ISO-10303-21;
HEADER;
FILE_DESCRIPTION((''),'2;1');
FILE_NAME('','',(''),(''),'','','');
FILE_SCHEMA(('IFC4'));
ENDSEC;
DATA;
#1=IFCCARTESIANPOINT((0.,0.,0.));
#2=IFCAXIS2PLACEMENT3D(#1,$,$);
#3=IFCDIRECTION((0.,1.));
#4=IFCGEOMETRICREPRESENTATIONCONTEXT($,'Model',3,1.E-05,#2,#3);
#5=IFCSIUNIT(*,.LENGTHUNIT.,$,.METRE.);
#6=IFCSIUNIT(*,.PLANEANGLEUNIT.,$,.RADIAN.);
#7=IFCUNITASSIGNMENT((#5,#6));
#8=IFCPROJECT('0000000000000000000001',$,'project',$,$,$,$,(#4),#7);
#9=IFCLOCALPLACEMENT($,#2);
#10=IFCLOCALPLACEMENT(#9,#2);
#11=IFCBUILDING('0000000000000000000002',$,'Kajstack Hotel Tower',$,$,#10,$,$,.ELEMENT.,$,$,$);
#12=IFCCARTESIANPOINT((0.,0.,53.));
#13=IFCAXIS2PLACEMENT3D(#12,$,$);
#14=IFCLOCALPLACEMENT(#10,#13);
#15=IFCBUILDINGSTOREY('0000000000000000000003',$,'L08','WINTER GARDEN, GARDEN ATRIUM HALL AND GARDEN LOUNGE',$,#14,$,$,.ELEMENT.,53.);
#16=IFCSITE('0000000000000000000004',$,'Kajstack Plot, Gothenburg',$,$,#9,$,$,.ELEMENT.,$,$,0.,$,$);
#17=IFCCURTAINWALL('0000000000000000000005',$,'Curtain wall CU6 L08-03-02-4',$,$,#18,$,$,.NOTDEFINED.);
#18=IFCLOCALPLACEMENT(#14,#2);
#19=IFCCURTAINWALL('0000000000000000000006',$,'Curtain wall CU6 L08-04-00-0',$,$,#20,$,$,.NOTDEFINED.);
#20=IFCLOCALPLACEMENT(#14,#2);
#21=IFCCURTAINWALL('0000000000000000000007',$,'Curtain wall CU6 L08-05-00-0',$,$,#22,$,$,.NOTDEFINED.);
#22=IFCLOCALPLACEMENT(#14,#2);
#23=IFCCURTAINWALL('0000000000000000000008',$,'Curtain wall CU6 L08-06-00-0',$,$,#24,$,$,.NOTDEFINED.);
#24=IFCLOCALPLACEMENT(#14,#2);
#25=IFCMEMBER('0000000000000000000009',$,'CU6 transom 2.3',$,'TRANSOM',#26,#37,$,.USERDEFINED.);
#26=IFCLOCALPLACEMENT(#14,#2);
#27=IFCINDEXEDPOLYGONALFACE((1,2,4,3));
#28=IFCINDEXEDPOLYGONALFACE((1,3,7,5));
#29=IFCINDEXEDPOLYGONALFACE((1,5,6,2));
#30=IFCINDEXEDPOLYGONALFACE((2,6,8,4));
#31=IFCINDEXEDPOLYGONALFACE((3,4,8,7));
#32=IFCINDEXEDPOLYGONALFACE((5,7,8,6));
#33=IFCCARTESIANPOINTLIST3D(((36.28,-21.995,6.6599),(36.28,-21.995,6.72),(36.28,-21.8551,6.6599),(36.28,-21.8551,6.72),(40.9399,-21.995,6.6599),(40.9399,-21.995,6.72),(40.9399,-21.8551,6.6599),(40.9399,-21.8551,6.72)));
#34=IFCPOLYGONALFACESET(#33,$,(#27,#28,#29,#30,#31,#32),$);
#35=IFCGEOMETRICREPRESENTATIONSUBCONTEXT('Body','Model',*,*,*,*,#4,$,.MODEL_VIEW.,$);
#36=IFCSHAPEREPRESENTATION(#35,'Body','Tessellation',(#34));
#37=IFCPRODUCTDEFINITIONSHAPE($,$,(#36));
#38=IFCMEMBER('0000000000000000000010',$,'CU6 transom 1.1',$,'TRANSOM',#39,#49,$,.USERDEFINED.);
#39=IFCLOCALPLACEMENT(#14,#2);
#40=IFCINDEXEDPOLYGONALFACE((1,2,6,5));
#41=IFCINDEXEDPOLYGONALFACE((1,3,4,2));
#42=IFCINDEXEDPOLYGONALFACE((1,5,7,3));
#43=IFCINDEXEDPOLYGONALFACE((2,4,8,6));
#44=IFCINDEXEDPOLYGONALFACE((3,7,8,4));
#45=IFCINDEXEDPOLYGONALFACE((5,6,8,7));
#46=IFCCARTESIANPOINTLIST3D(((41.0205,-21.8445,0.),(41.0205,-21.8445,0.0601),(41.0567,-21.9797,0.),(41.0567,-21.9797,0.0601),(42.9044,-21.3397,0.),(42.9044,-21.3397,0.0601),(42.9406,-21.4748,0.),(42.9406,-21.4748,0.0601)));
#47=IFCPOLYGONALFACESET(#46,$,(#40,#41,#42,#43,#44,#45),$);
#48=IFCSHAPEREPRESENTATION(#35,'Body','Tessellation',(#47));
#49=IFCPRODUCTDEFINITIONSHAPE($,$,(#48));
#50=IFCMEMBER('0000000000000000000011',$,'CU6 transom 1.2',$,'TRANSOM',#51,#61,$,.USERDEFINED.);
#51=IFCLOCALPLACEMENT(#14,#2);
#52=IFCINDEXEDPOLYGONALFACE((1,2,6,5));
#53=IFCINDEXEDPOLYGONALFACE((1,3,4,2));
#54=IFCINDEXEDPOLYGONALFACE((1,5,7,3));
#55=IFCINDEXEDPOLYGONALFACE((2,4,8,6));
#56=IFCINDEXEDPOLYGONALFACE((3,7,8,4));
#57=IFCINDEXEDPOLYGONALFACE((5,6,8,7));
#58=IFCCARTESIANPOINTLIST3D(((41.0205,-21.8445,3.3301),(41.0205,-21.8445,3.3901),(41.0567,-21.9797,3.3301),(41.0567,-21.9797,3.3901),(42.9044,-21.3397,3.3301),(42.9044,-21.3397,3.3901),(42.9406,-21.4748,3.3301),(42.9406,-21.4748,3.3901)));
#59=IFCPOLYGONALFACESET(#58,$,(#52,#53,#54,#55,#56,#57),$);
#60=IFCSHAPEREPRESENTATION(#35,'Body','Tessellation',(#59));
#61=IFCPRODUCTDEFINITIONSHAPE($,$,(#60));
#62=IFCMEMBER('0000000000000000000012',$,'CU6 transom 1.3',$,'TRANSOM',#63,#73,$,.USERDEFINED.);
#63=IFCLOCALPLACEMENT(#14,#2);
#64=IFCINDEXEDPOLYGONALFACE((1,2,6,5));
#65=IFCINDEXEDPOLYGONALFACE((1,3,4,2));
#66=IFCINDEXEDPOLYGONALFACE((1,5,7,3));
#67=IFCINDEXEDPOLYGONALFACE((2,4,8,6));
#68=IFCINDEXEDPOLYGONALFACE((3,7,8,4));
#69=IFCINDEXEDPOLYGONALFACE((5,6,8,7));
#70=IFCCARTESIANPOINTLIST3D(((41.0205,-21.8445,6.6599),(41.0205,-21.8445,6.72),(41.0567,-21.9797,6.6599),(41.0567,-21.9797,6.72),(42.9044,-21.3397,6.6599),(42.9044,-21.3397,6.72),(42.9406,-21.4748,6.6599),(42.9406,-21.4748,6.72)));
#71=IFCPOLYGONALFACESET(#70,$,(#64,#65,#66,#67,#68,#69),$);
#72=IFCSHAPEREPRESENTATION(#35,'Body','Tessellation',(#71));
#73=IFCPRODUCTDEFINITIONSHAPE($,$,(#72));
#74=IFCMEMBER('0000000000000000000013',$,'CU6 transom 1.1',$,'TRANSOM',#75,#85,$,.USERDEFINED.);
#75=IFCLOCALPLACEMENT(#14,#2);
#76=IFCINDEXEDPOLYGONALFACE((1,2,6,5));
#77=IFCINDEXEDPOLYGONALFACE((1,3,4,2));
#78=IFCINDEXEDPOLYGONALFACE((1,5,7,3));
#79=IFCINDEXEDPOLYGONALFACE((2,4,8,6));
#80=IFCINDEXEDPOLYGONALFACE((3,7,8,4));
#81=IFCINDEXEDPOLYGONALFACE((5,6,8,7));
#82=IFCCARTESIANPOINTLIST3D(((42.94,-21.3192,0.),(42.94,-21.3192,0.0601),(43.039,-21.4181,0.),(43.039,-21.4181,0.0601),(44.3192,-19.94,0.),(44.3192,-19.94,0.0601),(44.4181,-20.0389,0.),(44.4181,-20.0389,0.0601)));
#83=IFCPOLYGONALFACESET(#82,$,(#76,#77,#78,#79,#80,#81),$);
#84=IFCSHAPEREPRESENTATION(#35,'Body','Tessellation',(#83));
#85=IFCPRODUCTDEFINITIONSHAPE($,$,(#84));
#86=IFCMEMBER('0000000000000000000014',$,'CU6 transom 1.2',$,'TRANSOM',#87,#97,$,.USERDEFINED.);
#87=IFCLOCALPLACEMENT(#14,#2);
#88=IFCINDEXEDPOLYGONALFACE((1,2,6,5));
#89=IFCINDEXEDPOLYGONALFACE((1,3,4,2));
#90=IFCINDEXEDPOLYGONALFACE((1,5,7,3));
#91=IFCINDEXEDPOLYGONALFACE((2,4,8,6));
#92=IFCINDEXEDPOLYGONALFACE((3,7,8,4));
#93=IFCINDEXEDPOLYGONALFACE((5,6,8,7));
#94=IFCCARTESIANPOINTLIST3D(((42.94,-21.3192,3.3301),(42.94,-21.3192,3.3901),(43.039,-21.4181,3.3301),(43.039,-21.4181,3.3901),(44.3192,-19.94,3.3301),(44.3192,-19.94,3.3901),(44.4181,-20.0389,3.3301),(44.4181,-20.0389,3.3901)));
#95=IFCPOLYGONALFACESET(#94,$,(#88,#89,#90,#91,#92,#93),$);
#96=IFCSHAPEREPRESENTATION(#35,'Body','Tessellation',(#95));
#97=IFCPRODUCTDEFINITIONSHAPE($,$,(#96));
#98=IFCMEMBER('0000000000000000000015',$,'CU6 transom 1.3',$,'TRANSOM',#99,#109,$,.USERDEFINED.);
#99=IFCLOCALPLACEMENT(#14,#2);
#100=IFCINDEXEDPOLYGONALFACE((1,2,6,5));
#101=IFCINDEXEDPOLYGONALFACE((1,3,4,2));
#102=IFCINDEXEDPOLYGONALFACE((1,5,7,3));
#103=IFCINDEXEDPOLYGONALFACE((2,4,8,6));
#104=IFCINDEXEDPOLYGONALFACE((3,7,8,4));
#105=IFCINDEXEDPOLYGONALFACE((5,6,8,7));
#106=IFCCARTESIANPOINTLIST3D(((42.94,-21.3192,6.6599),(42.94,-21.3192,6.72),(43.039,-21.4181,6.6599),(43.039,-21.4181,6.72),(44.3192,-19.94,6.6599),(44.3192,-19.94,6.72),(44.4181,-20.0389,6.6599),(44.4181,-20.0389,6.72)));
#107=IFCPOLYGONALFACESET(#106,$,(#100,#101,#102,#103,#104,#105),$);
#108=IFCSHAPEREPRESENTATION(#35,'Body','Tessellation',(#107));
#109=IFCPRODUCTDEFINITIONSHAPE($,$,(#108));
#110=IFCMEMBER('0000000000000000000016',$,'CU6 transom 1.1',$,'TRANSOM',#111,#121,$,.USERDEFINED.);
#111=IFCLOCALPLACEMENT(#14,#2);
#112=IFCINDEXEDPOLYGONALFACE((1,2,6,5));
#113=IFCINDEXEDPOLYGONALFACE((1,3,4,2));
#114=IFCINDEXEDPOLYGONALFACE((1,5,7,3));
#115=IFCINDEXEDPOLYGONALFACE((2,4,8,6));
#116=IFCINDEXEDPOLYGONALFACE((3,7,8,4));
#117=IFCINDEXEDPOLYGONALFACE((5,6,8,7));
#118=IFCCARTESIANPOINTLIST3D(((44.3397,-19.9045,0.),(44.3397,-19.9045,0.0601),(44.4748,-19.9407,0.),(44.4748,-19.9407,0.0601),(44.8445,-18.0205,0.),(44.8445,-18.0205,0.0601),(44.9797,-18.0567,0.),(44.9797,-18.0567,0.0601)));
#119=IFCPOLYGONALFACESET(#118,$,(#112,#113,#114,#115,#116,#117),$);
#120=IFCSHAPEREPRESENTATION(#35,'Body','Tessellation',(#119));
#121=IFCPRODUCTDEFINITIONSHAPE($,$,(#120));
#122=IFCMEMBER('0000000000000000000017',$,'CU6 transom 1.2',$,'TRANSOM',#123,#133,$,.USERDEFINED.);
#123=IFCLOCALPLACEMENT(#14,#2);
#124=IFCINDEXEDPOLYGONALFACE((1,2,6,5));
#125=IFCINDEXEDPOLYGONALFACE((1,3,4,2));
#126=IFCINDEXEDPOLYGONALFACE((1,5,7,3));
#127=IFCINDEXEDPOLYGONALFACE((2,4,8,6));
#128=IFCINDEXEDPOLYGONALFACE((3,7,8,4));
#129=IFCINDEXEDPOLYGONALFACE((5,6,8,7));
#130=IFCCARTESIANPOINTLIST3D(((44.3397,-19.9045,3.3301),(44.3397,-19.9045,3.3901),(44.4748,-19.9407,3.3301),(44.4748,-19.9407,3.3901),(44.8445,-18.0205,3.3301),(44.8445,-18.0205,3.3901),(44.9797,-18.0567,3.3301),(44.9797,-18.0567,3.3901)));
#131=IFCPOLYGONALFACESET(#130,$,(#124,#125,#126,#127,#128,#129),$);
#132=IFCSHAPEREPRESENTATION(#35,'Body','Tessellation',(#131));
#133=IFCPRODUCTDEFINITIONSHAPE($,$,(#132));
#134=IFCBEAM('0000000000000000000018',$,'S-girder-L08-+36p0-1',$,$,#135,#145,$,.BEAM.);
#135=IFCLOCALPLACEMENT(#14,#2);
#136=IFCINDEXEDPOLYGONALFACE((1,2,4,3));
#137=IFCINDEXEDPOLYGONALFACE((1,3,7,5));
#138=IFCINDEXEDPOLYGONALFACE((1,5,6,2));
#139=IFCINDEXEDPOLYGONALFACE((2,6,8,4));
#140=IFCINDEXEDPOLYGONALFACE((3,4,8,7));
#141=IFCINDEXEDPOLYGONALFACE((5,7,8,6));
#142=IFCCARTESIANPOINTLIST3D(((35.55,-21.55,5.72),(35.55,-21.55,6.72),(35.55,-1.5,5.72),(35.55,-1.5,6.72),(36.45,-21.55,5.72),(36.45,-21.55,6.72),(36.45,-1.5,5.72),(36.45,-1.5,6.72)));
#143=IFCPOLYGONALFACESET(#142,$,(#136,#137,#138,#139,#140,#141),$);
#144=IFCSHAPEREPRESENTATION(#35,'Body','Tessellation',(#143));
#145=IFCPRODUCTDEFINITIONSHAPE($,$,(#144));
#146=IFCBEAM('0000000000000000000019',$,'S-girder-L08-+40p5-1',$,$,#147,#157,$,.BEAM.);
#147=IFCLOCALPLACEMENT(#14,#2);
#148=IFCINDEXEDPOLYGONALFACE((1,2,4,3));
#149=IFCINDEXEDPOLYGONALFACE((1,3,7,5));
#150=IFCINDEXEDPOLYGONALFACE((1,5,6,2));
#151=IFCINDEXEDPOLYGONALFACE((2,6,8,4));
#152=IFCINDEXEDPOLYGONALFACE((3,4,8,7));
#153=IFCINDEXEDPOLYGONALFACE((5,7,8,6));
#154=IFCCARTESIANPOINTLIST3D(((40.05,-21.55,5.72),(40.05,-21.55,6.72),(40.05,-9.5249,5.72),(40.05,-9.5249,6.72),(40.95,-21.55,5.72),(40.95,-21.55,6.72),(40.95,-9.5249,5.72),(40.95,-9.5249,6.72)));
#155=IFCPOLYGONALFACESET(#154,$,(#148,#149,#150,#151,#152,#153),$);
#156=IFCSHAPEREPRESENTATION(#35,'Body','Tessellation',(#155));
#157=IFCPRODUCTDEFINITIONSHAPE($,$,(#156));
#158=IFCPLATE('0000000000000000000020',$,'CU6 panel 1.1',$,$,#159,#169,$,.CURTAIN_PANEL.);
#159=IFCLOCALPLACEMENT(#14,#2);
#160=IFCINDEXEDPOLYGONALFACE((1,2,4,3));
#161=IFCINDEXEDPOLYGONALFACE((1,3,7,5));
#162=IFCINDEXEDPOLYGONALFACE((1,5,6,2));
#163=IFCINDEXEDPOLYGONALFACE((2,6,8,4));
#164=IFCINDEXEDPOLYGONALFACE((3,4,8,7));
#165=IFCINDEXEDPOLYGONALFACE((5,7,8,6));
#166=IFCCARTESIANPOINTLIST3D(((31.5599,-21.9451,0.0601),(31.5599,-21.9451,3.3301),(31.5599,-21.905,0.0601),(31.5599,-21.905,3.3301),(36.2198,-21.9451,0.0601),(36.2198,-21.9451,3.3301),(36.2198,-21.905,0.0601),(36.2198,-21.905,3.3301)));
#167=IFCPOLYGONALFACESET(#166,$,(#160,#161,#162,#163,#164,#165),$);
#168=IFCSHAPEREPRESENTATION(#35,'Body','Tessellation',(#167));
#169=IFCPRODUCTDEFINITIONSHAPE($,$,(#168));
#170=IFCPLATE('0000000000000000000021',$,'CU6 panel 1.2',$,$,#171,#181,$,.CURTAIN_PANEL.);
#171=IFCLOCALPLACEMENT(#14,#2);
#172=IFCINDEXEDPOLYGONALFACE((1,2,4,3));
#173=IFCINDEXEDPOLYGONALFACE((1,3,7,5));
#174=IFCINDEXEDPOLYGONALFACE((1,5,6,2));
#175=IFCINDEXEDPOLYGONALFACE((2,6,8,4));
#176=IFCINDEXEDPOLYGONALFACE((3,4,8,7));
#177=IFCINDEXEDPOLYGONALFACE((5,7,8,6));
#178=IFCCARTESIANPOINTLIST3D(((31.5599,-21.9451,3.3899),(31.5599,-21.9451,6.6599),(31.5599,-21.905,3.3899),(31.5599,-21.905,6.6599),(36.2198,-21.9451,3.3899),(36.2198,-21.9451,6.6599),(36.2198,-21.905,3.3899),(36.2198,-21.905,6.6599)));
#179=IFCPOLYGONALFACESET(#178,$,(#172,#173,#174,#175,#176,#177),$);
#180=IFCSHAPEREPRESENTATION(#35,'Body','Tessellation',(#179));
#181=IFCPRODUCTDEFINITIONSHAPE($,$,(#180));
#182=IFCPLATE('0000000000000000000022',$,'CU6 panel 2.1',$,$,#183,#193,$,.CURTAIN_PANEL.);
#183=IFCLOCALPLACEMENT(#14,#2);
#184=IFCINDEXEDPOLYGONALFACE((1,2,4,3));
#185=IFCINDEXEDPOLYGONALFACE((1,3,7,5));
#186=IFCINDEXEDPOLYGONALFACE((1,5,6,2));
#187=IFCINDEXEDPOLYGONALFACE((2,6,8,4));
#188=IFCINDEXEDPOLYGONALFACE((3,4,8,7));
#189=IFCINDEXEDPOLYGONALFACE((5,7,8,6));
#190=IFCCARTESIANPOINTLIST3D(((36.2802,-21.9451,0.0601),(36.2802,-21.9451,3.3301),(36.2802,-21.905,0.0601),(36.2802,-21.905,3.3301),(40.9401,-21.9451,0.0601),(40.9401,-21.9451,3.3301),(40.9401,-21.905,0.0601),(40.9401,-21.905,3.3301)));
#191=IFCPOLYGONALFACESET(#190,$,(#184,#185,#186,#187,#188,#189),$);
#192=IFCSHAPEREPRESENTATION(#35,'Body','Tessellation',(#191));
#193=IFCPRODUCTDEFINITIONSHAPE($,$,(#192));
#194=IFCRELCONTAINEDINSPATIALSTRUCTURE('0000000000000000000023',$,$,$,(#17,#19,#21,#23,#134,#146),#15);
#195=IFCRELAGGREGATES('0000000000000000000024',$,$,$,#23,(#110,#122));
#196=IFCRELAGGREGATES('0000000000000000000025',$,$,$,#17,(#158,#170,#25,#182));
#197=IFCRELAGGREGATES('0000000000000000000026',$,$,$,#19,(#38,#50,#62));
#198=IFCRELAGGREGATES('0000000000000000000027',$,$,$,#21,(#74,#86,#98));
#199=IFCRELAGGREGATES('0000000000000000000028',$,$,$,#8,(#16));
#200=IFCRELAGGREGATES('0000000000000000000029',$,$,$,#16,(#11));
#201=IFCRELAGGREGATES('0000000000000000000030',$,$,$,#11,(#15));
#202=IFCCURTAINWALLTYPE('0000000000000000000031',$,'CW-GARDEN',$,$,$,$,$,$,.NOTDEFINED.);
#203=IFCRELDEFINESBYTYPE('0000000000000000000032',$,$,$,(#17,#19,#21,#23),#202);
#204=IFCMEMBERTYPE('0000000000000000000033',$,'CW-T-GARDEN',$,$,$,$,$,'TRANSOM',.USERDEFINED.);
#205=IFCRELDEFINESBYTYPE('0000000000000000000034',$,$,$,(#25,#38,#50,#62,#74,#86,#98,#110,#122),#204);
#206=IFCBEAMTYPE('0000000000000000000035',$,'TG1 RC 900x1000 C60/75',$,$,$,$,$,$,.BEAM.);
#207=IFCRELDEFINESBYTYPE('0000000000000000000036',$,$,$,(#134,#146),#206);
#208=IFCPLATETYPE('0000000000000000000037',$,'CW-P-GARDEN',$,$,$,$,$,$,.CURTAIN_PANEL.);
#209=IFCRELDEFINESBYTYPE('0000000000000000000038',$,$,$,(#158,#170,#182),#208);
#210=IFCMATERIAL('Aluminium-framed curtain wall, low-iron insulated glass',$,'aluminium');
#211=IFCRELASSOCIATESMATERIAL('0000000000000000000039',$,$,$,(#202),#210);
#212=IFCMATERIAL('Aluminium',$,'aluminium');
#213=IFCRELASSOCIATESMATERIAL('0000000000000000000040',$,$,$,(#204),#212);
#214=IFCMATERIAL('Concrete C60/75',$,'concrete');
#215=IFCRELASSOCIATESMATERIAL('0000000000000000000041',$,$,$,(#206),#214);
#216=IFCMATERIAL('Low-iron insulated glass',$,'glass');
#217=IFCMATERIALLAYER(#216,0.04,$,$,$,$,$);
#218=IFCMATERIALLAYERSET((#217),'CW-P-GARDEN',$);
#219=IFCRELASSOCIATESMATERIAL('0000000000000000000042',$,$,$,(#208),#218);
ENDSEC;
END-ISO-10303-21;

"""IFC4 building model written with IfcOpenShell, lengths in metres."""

from ifc_helpers import new_model, si_unit, direction, frame, origin, origin_2d, place, context, subcontext, project, spatial, rectangle, extrude, material, layer, layer_set, material_profile, profile_set, type_object, element, aggregate, save


model = new_model("IFC4")

# Units and contexts
model_context = context("Model", 3, precision=1e-05, world=origin(), true_north=direction((0.0, 1.0)))
body_context = subcontext(model_context, "Body", "Model", "MODEL_VIEW")
ifc_project = project(units=[si_unit("LENGTHUNIT", "METRE"), si_unit("PLANEANGLEUNIT", "RADIAN")], contexts=[model_context])

# Site, building, storey
site_placement = place(None, origin())
site = spatial("IfcSite", under=ifc_project, at=site_placement, Name="Kajstack Plot, Gothenburg", CompositionType="ELEMENT", RefElevation=0.0)
building_placement = place(site_placement, origin())
building = spatial("IfcBuilding", under=site, at=building_placement, Name="Kajstack Hotel Tower", CompositionType="ELEMENT")
storey_placement = place(building_placement, frame((0.0, 0.0, 53.0)))
storey = spatial("IfcBuildingStorey", under=building, at=storey_placement, Name="L08", Description="WINTER GARDEN, GARDEN ATRIUM HALL AND GARDEN LOUNGE", CompositionType="ELEMENT", Elevation=53.0)

# Shared definitions
ifc_material_1 = material(Name="Concrete C60/75", Category="concrete")

# Curtain walls
ifc_material_2 = material(Name="Aluminium-framed curtain wall, low-iron insulated glass", Category="aluminium")
curtain_wall_type = type_object("IfcCurtainWallType", Name="CW-GARDEN", PredefinedType="NOTDEFINED", material=ifc_material_2)
curtain_wall_1_placement = place(storey_placement, origin())
curtain_wall_1 = element("IfcCurtainWall", 1, at=curtain_wall_1_placement, inside=storey, type_object=curtain_wall_type, Name="Curtain wall CU6 L08-03-02-4", PredefinedType="NOTDEFINED")
ifc_material_3 = material(Name="Aluminium", Category="aluminium")
curtain_wall_2_placement = place(storey_placement, origin())
curtain_wall_2 = element("IfcCurtainWall", 2, at=curtain_wall_2_placement, inside=storey, type_object=curtain_wall_type, Name="Curtain wall CU6 L08-04-00-0", PredefinedType="NOTDEFINED")
curtain_wall_3_placement = place(storey_placement, origin())
curtain_wall_3 = element("IfcCurtainWall", 3, at=curtain_wall_3_placement, inside=storey, type_object=curtain_wall_type, Name="Curtain wall CU6 L08-05-00-0", PredefinedType="NOTDEFINED")

# Curtain wall
curtain_wall_4_placement = place(storey_placement, origin())
curtain_wall_4 = element("IfcCurtainWall", 4, at=curtain_wall_4_placement, inside=storey, type_object=curtain_wall_type, Name="Curtain wall CU6 L08-06-00-0", PredefinedType="NOTDEFINED")

# Members
ifc_material_profile_1 = material_profile(ifc_material_3, rectangle(XDim=0.1399, YDim=0.0601, at=origin_2d()), Name="Aluminium transom 140 x 60")
ifc_profile_set_1 = profile_set([ifc_material_profile_1], Name="Aluminium")
member_type_1 = type_object("IfcMemberType", Name="CW-T-GARDEN", ElementType="TRANSOM", PredefinedType="USERDEFINED", material=ifc_profile_set_1)
member_1_placement = place(storey_placement, frame((36.28, -21.925, 6.6899), z_axis=(1.0, 0.0, 0.0), x_axis=(0.0, 1.0, 0.0)))
member_1 = element("IfcMember", 5, at=member_1_placement, type_object=member_type_1, Name="CU6 transom 2.3", ObjectType="TRANSOM", PredefinedType="USERDEFINED", context=body_context, shape_type="SweptSolid", body=[
    extrude(rectangle(XDim=0.1399, YDim=0.0601, at=origin_2d()), origin(), (0.0, 0.0, 1.0), 4.6599),
])
member_2_placement = place(storey_placement, frame((41.0386, -21.9121, 0.03), z_axis=(0.965918, 0.258847, 0.0), x_axis=(-0.258847, 0.965918, 0.0)))
member_2 = element("IfcMember", 6, at=member_2_placement, type_object=member_type_1, Name="CU6 transom 1.1", ObjectType="TRANSOM", PredefinedType="USERDEFINED", context=body_context, shape_type="SweptSolid", body=[
    extrude(rectangle(XDim=0.1399, YDim=0.0601, at=origin_2d()), origin(), (0.0, 0.0, 1.0), 1.9504),
])
member_3_placement = place(storey_placement, frame((41.0386, -21.9121, 3.3601), z_axis=(0.965918, 0.258847, 0.0), x_axis=(-0.258847, 0.965918, 0.0)))
member_3 = element("IfcMember", 7, at=member_3_placement, type_object=member_type_1, Name="CU6 transom 1.2", ObjectType="TRANSOM", PredefinedType="USERDEFINED", context=body_context, shape_type="SweptSolid", body=[
    extrude(rectangle(XDim=0.1399, YDim=0.0601, at=origin_2d()), origin(), (0.0, 0.0, 1.0), 1.9504),
])
member_4_placement = place(storey_placement, frame((41.0386, -21.9121, 6.6899), z_axis=(0.965918, 0.258847, 0.0), x_axis=(-0.258847, 0.965918, 0.0)))
member_4 = element("IfcMember", 8, at=member_4_placement, type_object=member_type_1, Name="CU6 transom 1.3", ObjectType="TRANSOM", PredefinedType="USERDEFINED", context=body_context, shape_type="SweptSolid", body=[
    extrude(rectangle(XDim=0.1399, YDim=0.0601, at=origin_2d()), origin(), (0.0, 0.0, 1.0), 1.9504),
])
member_5_placement = place(storey_placement, frame((42.9895, -21.3687, 0.03), z_axis=(0.707107, 0.707107, 0.0), x_axis=(-0.707107, 0.707107, 0.0)))
member_5 = element("IfcMember", 9, at=member_5_placement, type_object=member_type_1, Name="CU6 transom 1.1", ObjectType="TRANSOM", PredefinedType="USERDEFINED", context=body_context, shape_type="SweptSolid", body=[
    extrude(rectangle(XDim=0.1399, YDim=0.0601, at=origin_2d()), origin(), (0.0, 0.0, 1.0), 1.9504),
])
member_6_placement = place(storey_placement, frame((42.9895, -21.3687, 3.3601), z_axis=(0.707107, 0.707107, 0.0), x_axis=(-0.707107, 0.707107, 0.0)))
member_6 = element("IfcMember", 10, at=member_6_placement, type_object=member_type_1, Name="CU6 transom 1.2", ObjectType="TRANSOM", PredefinedType="USERDEFINED", context=body_context, shape_type="SweptSolid", body=[
    extrude(rectangle(XDim=0.1399, YDim=0.0601, at=origin_2d()), origin(), (0.0, 0.0, 1.0), 1.9504),
])
member_7_placement = place(storey_placement, frame((42.9895, -21.3687, 6.6899), z_axis=(0.707107, 0.707107, 0.0), x_axis=(-0.707107, 0.707107, 0.0)))
member_7 = element("IfcMember", 11, at=member_7_placement, type_object=member_type_1, Name="CU6 transom 1.3", ObjectType="TRANSOM", PredefinedType="USERDEFINED", context=body_context, shape_type="SweptSolid", body=[
    extrude(rectangle(XDim=0.1399, YDim=0.0601, at=origin_2d()), origin(), (0.0, 0.0, 1.0), 1.9504),
])
member_8_placement = place(storey_placement, frame((44.4072, -19.9226, 0.03), z_axis=(0.258847, 0.965918, 0.0), x_axis=(-0.965918, 0.258847, 0.0)))
member_8 = element("IfcMember", 12, at=member_8_placement, type_object=member_type_1, Name="CU6 transom 1.1", ObjectType="TRANSOM", PredefinedType="USERDEFINED", context=body_context, shape_type="SweptSolid", body=[
    extrude(rectangle(XDim=0.1399, YDim=0.0601, at=origin_2d()), origin(), (0.0, 0.0, 1.0), 1.9504),
])
member_9_placement = place(storey_placement, frame((44.4072, -19.9226, 3.3601), z_axis=(0.258847, 0.965918, 0.0), x_axis=(-0.965918, 0.258847, 0.0)))
member_9 = element("IfcMember", 13, at=member_9_placement, type_object=member_type_1, Name="CU6 transom 1.2", ObjectType="TRANSOM", PredefinedType="USERDEFINED", context=body_context, shape_type="SweptSolid", body=[
    extrude(rectangle(XDim=0.1399, YDim=0.0601, at=origin_2d()), origin(), (0.0, 0.0, 1.0), 1.9504),
])
aggregate(curtain_wall_4, [member_8, member_9])

# Beams
ifc_material_profile_2 = material_profile(ifc_material_1, rectangle(XDim=0.8999, YDim=1.0, at=origin_2d()), Name="RC 900x1000")
ifc_profile_set_2 = profile_set([ifc_material_profile_2], Name="Concrete C60/75")
beam_type = type_object("IfcBeamType", Name="TG1 RC 900x1000 C60/75", PredefinedType="BEAM", material=ifc_profile_set_2)
beam_1_placement = place(storey_placement, frame((36.0, -21.55, 6.22), z_axis=(0.0, 1.0, 0.0), x_axis=(-1.0, 0.0, 0.0)))
element("IfcBeam", 14, at=beam_1_placement, inside=storey, type_object=beam_type, Name="S-girder-L08-+36p0-1", PredefinedType="BEAM", context=body_context, shape_type="SweptSolid", body=[
    extrude(rectangle(XDim=0.8999, YDim=1.0, at=origin_2d()), origin(), (0.0, 0.0, 1.0), 20.05),
])
beam_2_placement = place(storey_placement, frame((40.5, -21.55, 6.22), z_axis=(0.0, 1.0, 0.0), x_axis=(-1.0, 0.0, 0.0)))
element("IfcBeam", 15, at=beam_2_placement, inside=storey, type_object=beam_type, Name="S-girder-L08-+40p5-1", PredefinedType="BEAM", context=body_context, shape_type="SweptSolid", body=[
    extrude(rectangle(XDim=0.8999, YDim=1.0, at=origin_2d()), origin(), (0.0, 0.0, 1.0), 12.0251),
])

# Plates
ifc_material_4 = material(Name="Low-iron insulated glass", Category="glass")
ifc_layer_1 = layer(ifc_material_4, 0.04)
ifc_layer_set_1 = layer_set([ifc_layer_1], Name="CW-P-GARDEN")
plate_type = type_object("IfcPlateType", Name="CW-P-GARDEN", PredefinedType="CURTAIN_PANEL", material=ifc_layer_set_1)
plate_1_placement = place(storey_placement, frame((33.8899, -21.925, 0.0601), z_axis=(0.0, 0.0, 1.0), x_axis=(1.0, 0.0, 0.0)))
plate_1 = element("IfcPlate", 16, at=plate_1_placement, type_object=plate_type, Name="CU6 panel 1.1", PredefinedType="CURTAIN_PANEL", context=body_context, shape_type="SweptSolid", body=[
    extrude(rectangle(XDim=4.6599, YDim=0.04, at=origin_2d()), origin(), (0.0, 0.0, 1.0), 3.27),
])
plate_2_placement = place(storey_placement, frame((33.8899, -21.925, 3.3899), z_axis=(0.0, 0.0, 1.0), x_axis=(1.0, 0.0, 0.0)))
plate_2 = element("IfcPlate", 17, at=plate_2_placement, type_object=plate_type, Name="CU6 panel 1.2", PredefinedType="CURTAIN_PANEL", context=body_context, shape_type="SweptSolid", body=[
    extrude(rectangle(XDim=4.6599, YDim=0.04, at=origin_2d()), origin(), (0.0, 0.0, 1.0), 3.27),
])
plate_3_placement = place(storey_placement, frame((38.6101, -21.925, 0.0601), z_axis=(0.0, 0.0, 1.0), x_axis=(1.0, 0.0, 0.0)))
plate_3 = element("IfcPlate", 18, at=plate_3_placement, type_object=plate_type, Name="CU6 panel 2.1", PredefinedType="CURTAIN_PANEL", context=body_context, shape_type="SweptSolid", body=[
    extrude(rectangle(XDim=4.6599, YDim=0.04, at=origin_2d()), origin(), (0.0, 0.0, 1.0), 3.27),
])
aggregate(curtain_wall_1, [plate_1, plate_2, member_1, plate_3])
aggregate(curtain_wall_2, [member_2, member_3, member_4])
aggregate(curtain_wall_3, [member_5, member_6, member_7])

save(model, "model.ifc")
